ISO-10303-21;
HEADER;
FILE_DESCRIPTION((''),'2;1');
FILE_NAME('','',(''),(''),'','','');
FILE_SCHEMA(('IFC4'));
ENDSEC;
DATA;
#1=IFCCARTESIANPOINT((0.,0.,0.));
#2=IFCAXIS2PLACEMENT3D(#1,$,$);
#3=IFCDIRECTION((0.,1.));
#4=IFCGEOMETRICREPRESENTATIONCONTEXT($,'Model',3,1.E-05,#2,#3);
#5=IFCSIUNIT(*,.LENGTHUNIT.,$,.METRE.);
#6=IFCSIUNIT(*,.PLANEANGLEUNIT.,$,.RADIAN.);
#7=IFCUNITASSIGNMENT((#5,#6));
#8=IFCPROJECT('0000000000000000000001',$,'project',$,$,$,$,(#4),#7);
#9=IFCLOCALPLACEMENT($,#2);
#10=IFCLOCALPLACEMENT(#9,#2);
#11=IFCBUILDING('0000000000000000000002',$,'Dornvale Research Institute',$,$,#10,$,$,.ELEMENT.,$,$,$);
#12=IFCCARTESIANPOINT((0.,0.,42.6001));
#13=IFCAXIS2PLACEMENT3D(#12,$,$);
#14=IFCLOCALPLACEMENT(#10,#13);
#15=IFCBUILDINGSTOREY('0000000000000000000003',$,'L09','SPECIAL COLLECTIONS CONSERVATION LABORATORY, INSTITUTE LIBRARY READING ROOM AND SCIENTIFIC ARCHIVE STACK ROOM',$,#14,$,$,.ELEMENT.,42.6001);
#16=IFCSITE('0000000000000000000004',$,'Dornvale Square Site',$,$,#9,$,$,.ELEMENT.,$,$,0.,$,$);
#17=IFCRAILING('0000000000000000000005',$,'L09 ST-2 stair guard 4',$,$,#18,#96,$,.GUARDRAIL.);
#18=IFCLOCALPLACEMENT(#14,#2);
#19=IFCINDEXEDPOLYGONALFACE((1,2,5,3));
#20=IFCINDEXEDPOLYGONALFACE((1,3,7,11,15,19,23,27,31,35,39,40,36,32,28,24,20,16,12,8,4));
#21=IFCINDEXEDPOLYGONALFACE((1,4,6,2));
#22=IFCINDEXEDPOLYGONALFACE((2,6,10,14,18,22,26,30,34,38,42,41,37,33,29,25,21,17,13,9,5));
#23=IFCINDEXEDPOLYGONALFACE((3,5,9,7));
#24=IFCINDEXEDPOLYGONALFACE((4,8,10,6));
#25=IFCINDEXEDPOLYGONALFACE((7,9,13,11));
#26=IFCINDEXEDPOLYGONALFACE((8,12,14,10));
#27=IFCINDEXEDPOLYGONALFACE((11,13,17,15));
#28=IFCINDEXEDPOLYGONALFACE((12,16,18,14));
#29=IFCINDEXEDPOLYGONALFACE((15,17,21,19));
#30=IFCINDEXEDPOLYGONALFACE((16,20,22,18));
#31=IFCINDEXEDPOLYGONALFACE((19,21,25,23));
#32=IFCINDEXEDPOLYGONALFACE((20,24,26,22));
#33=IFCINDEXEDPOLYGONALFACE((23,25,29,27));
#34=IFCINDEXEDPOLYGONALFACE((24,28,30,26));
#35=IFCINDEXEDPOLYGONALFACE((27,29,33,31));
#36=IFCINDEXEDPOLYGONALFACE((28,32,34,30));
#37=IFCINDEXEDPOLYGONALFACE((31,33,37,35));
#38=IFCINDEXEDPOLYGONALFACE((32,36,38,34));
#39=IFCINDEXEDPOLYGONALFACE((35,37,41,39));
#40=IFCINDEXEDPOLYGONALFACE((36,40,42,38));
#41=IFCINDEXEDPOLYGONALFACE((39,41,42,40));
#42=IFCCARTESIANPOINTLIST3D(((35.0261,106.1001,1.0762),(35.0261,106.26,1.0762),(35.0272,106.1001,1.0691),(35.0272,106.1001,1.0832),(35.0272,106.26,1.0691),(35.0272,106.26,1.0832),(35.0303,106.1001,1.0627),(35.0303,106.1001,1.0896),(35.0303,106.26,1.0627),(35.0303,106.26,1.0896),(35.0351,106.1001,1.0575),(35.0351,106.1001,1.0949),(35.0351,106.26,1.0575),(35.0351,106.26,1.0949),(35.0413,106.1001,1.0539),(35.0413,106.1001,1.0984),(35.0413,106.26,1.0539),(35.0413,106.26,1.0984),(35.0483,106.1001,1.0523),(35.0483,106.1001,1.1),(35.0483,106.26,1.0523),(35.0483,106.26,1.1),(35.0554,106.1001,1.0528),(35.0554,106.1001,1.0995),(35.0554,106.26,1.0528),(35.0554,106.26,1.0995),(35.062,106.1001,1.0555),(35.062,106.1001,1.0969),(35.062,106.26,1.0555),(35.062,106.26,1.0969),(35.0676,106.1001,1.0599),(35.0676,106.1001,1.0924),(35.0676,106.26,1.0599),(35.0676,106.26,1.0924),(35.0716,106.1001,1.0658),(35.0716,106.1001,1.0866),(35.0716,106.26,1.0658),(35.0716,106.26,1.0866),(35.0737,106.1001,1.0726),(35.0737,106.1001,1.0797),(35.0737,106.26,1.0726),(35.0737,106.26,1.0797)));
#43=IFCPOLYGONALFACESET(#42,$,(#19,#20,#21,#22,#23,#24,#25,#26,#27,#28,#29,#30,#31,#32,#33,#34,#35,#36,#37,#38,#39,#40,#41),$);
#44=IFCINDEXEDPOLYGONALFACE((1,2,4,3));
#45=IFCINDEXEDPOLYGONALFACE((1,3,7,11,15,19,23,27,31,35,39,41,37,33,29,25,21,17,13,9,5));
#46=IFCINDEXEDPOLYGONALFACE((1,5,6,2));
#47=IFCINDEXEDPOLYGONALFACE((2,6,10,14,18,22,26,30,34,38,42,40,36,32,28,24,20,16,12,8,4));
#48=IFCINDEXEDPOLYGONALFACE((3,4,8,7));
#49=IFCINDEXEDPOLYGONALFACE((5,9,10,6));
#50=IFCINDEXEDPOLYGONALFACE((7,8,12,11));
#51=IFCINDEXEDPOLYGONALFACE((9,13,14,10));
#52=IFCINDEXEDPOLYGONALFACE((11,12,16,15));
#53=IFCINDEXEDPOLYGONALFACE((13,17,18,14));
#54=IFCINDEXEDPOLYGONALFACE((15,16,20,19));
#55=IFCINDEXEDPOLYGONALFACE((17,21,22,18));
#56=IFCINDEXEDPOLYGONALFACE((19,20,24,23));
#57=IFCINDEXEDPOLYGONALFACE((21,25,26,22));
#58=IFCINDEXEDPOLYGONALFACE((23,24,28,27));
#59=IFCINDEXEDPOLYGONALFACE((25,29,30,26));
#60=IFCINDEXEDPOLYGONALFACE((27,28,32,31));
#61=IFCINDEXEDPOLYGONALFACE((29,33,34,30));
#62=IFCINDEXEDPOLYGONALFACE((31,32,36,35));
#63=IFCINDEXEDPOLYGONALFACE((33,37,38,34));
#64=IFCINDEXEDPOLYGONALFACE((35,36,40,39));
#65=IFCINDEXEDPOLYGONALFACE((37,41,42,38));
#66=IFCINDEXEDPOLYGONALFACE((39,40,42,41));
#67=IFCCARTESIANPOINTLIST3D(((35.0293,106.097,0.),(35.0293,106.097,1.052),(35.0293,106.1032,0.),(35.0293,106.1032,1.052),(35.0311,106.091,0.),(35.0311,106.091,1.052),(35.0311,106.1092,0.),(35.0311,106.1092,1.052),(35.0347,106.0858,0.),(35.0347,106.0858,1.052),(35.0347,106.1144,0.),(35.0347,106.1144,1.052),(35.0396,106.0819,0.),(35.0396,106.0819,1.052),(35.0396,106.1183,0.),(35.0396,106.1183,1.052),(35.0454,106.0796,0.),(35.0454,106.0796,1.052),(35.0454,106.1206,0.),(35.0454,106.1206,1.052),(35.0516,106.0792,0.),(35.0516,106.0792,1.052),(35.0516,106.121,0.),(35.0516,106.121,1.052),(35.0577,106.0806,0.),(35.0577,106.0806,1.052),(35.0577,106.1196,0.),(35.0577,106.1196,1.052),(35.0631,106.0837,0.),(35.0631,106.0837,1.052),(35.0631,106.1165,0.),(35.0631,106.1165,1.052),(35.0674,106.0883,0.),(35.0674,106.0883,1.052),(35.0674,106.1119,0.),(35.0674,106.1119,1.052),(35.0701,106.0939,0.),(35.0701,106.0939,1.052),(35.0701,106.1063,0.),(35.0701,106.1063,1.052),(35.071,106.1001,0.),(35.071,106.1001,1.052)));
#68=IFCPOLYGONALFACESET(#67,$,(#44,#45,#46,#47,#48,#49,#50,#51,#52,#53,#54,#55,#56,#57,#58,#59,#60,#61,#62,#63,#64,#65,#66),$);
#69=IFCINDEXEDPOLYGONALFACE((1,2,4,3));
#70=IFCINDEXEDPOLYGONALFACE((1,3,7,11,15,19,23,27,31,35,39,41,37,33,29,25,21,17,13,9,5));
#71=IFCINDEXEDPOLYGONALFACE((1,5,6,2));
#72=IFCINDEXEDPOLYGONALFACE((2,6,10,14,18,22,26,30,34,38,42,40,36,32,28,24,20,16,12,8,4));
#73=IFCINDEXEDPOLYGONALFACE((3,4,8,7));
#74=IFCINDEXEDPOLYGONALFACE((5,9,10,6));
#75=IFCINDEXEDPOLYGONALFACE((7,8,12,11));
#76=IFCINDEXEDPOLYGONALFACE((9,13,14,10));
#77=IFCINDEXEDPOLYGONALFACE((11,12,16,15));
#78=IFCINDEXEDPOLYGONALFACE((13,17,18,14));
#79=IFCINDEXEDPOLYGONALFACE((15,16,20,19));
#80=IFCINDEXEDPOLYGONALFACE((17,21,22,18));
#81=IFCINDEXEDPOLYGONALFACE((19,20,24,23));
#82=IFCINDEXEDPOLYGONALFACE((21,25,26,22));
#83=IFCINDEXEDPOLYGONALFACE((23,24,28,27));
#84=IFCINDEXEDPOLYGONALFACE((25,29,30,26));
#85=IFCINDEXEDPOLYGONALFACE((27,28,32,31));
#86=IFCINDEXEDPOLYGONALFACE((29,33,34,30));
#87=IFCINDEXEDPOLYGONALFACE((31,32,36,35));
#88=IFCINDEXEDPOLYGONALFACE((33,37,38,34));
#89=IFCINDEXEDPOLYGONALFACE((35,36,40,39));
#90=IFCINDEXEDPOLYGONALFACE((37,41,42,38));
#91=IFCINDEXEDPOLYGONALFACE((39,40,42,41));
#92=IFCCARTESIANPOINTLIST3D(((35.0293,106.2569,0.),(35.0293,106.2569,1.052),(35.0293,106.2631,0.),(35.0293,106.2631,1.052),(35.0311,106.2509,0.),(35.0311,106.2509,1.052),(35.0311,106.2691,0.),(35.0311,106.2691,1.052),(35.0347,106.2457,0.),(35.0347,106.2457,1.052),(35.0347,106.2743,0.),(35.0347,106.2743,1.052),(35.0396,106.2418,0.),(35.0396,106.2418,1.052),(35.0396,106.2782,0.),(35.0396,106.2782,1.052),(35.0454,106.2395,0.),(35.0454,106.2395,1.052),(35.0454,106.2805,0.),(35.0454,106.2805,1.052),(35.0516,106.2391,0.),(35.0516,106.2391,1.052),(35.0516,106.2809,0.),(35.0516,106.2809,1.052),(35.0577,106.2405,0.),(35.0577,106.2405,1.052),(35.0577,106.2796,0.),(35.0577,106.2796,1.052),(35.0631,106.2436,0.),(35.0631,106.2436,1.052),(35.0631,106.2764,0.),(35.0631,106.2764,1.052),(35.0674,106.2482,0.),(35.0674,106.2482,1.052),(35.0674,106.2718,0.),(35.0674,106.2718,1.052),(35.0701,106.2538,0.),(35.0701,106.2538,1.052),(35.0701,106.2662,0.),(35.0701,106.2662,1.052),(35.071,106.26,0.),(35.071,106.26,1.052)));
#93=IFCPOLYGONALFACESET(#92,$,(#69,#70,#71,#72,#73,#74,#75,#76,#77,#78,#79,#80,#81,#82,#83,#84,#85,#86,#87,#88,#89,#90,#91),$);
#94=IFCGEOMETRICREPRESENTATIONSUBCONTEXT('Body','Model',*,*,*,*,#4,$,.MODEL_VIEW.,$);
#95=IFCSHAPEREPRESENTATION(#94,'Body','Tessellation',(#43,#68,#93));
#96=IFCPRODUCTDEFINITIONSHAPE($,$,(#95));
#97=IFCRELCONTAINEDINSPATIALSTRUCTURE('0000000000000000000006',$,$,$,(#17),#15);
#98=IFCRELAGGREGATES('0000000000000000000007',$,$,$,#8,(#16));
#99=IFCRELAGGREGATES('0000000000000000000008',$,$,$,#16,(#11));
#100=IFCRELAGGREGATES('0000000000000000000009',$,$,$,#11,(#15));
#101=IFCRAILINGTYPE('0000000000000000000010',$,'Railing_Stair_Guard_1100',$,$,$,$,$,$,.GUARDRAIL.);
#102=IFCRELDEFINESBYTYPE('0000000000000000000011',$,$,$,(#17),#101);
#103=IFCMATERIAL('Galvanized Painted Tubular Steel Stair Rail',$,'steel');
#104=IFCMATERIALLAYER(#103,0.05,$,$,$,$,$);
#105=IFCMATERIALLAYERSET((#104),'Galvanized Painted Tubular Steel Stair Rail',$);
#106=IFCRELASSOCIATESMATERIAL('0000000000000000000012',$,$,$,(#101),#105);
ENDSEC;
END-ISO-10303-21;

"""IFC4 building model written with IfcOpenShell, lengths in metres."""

from ifc_helpers import new_model, si_unit, direction, frame, origin, origin_2d, place, context, subcontext, project, spatial, circle, extrude, material, layer, layer_set, type_object, element, save


model = new_model("IFC4")

# Units and contexts
model_context = context("Model", 3, precision=1e-05, world=origin(), true_north=direction((0.0, 1.0)))
body_context = subcontext(model_context, "Body", "Model", "MODEL_VIEW")
ifc_project = project(units=[si_unit("LENGTHUNIT", "METRE"), si_unit("PLANEANGLEUNIT", "RADIAN")], contexts=[model_context])

# Site, building, storey
site_placement = place(None, origin())
site = spatial("IfcSite", under=ifc_project, at=site_placement, Name="Dornvale Square Site", CompositionType="ELEMENT", RefElevation=0.0)
building_placement = place(site_placement, origin())
building = spatial("IfcBuilding", under=site, at=building_placement, Name="Dornvale Research Institute", CompositionType="ELEMENT")
storey_placement = place(building_placement, frame((0.0, 0.0, 42.6001)))
storey = spatial("IfcBuildingStorey", under=building, at=storey_placement, Name="L09", Description="SPECIAL COLLECTIONS CONSERVATION LABORATORY, INSTITUTE LIBRARY READING ROOM AND SCIENTIFIC ARCHIVE STACK ROOM", CompositionType="ELEMENT", Elevation=42.6001)

# Railing
ifc_material_1 = material(Name="Galvanized Painted Tubular Steel Stair Rail", Category="steel")
ifc_layer_1 = layer(ifc_material_1, 0.05)
ifc_layer_set_1 = layer_set([ifc_layer_1], Name="Galvanized Painted Tubular Steel Stair Rail")
railing_type = type_object("IfcRailingType", Name="Railing_Stair_Guard_1100", PredefinedType="GUARDRAIL", material=ifc_layer_set_1)
railing_1_placement = place(storey_placement, frame((35.05, 106.1001, 0.0)))
element("IfcRailing", 1, at=railing_1_placement, inside=storey, type_object=railing_type, Name="L09 ST-2 stair guard 4", PredefinedType="GUARDRAIL", context=body_context, shape_type="SweptSolid", body=[
    extrude(circle(Radius=0.0239, at=origin_2d()), frame((0.0, 0.0, 1.0762), z_axis=(0.0, 1.0, 0.0), x_axis=(-1.0, 0.0, 0.0)), (0.0, 0.0, 1.0), 0.1599),
    extrude(circle(Radius=0.021, at=origin_2d()), origin(), (0.0, 0.0, 1.0), 1.052),
    extrude(circle(Radius=0.021, at=origin_2d()), frame((0.0, 0.1599, 0.0)), (0.0, 0.0, 1.0), 1.052),
])

save(model, "model.ifc")
